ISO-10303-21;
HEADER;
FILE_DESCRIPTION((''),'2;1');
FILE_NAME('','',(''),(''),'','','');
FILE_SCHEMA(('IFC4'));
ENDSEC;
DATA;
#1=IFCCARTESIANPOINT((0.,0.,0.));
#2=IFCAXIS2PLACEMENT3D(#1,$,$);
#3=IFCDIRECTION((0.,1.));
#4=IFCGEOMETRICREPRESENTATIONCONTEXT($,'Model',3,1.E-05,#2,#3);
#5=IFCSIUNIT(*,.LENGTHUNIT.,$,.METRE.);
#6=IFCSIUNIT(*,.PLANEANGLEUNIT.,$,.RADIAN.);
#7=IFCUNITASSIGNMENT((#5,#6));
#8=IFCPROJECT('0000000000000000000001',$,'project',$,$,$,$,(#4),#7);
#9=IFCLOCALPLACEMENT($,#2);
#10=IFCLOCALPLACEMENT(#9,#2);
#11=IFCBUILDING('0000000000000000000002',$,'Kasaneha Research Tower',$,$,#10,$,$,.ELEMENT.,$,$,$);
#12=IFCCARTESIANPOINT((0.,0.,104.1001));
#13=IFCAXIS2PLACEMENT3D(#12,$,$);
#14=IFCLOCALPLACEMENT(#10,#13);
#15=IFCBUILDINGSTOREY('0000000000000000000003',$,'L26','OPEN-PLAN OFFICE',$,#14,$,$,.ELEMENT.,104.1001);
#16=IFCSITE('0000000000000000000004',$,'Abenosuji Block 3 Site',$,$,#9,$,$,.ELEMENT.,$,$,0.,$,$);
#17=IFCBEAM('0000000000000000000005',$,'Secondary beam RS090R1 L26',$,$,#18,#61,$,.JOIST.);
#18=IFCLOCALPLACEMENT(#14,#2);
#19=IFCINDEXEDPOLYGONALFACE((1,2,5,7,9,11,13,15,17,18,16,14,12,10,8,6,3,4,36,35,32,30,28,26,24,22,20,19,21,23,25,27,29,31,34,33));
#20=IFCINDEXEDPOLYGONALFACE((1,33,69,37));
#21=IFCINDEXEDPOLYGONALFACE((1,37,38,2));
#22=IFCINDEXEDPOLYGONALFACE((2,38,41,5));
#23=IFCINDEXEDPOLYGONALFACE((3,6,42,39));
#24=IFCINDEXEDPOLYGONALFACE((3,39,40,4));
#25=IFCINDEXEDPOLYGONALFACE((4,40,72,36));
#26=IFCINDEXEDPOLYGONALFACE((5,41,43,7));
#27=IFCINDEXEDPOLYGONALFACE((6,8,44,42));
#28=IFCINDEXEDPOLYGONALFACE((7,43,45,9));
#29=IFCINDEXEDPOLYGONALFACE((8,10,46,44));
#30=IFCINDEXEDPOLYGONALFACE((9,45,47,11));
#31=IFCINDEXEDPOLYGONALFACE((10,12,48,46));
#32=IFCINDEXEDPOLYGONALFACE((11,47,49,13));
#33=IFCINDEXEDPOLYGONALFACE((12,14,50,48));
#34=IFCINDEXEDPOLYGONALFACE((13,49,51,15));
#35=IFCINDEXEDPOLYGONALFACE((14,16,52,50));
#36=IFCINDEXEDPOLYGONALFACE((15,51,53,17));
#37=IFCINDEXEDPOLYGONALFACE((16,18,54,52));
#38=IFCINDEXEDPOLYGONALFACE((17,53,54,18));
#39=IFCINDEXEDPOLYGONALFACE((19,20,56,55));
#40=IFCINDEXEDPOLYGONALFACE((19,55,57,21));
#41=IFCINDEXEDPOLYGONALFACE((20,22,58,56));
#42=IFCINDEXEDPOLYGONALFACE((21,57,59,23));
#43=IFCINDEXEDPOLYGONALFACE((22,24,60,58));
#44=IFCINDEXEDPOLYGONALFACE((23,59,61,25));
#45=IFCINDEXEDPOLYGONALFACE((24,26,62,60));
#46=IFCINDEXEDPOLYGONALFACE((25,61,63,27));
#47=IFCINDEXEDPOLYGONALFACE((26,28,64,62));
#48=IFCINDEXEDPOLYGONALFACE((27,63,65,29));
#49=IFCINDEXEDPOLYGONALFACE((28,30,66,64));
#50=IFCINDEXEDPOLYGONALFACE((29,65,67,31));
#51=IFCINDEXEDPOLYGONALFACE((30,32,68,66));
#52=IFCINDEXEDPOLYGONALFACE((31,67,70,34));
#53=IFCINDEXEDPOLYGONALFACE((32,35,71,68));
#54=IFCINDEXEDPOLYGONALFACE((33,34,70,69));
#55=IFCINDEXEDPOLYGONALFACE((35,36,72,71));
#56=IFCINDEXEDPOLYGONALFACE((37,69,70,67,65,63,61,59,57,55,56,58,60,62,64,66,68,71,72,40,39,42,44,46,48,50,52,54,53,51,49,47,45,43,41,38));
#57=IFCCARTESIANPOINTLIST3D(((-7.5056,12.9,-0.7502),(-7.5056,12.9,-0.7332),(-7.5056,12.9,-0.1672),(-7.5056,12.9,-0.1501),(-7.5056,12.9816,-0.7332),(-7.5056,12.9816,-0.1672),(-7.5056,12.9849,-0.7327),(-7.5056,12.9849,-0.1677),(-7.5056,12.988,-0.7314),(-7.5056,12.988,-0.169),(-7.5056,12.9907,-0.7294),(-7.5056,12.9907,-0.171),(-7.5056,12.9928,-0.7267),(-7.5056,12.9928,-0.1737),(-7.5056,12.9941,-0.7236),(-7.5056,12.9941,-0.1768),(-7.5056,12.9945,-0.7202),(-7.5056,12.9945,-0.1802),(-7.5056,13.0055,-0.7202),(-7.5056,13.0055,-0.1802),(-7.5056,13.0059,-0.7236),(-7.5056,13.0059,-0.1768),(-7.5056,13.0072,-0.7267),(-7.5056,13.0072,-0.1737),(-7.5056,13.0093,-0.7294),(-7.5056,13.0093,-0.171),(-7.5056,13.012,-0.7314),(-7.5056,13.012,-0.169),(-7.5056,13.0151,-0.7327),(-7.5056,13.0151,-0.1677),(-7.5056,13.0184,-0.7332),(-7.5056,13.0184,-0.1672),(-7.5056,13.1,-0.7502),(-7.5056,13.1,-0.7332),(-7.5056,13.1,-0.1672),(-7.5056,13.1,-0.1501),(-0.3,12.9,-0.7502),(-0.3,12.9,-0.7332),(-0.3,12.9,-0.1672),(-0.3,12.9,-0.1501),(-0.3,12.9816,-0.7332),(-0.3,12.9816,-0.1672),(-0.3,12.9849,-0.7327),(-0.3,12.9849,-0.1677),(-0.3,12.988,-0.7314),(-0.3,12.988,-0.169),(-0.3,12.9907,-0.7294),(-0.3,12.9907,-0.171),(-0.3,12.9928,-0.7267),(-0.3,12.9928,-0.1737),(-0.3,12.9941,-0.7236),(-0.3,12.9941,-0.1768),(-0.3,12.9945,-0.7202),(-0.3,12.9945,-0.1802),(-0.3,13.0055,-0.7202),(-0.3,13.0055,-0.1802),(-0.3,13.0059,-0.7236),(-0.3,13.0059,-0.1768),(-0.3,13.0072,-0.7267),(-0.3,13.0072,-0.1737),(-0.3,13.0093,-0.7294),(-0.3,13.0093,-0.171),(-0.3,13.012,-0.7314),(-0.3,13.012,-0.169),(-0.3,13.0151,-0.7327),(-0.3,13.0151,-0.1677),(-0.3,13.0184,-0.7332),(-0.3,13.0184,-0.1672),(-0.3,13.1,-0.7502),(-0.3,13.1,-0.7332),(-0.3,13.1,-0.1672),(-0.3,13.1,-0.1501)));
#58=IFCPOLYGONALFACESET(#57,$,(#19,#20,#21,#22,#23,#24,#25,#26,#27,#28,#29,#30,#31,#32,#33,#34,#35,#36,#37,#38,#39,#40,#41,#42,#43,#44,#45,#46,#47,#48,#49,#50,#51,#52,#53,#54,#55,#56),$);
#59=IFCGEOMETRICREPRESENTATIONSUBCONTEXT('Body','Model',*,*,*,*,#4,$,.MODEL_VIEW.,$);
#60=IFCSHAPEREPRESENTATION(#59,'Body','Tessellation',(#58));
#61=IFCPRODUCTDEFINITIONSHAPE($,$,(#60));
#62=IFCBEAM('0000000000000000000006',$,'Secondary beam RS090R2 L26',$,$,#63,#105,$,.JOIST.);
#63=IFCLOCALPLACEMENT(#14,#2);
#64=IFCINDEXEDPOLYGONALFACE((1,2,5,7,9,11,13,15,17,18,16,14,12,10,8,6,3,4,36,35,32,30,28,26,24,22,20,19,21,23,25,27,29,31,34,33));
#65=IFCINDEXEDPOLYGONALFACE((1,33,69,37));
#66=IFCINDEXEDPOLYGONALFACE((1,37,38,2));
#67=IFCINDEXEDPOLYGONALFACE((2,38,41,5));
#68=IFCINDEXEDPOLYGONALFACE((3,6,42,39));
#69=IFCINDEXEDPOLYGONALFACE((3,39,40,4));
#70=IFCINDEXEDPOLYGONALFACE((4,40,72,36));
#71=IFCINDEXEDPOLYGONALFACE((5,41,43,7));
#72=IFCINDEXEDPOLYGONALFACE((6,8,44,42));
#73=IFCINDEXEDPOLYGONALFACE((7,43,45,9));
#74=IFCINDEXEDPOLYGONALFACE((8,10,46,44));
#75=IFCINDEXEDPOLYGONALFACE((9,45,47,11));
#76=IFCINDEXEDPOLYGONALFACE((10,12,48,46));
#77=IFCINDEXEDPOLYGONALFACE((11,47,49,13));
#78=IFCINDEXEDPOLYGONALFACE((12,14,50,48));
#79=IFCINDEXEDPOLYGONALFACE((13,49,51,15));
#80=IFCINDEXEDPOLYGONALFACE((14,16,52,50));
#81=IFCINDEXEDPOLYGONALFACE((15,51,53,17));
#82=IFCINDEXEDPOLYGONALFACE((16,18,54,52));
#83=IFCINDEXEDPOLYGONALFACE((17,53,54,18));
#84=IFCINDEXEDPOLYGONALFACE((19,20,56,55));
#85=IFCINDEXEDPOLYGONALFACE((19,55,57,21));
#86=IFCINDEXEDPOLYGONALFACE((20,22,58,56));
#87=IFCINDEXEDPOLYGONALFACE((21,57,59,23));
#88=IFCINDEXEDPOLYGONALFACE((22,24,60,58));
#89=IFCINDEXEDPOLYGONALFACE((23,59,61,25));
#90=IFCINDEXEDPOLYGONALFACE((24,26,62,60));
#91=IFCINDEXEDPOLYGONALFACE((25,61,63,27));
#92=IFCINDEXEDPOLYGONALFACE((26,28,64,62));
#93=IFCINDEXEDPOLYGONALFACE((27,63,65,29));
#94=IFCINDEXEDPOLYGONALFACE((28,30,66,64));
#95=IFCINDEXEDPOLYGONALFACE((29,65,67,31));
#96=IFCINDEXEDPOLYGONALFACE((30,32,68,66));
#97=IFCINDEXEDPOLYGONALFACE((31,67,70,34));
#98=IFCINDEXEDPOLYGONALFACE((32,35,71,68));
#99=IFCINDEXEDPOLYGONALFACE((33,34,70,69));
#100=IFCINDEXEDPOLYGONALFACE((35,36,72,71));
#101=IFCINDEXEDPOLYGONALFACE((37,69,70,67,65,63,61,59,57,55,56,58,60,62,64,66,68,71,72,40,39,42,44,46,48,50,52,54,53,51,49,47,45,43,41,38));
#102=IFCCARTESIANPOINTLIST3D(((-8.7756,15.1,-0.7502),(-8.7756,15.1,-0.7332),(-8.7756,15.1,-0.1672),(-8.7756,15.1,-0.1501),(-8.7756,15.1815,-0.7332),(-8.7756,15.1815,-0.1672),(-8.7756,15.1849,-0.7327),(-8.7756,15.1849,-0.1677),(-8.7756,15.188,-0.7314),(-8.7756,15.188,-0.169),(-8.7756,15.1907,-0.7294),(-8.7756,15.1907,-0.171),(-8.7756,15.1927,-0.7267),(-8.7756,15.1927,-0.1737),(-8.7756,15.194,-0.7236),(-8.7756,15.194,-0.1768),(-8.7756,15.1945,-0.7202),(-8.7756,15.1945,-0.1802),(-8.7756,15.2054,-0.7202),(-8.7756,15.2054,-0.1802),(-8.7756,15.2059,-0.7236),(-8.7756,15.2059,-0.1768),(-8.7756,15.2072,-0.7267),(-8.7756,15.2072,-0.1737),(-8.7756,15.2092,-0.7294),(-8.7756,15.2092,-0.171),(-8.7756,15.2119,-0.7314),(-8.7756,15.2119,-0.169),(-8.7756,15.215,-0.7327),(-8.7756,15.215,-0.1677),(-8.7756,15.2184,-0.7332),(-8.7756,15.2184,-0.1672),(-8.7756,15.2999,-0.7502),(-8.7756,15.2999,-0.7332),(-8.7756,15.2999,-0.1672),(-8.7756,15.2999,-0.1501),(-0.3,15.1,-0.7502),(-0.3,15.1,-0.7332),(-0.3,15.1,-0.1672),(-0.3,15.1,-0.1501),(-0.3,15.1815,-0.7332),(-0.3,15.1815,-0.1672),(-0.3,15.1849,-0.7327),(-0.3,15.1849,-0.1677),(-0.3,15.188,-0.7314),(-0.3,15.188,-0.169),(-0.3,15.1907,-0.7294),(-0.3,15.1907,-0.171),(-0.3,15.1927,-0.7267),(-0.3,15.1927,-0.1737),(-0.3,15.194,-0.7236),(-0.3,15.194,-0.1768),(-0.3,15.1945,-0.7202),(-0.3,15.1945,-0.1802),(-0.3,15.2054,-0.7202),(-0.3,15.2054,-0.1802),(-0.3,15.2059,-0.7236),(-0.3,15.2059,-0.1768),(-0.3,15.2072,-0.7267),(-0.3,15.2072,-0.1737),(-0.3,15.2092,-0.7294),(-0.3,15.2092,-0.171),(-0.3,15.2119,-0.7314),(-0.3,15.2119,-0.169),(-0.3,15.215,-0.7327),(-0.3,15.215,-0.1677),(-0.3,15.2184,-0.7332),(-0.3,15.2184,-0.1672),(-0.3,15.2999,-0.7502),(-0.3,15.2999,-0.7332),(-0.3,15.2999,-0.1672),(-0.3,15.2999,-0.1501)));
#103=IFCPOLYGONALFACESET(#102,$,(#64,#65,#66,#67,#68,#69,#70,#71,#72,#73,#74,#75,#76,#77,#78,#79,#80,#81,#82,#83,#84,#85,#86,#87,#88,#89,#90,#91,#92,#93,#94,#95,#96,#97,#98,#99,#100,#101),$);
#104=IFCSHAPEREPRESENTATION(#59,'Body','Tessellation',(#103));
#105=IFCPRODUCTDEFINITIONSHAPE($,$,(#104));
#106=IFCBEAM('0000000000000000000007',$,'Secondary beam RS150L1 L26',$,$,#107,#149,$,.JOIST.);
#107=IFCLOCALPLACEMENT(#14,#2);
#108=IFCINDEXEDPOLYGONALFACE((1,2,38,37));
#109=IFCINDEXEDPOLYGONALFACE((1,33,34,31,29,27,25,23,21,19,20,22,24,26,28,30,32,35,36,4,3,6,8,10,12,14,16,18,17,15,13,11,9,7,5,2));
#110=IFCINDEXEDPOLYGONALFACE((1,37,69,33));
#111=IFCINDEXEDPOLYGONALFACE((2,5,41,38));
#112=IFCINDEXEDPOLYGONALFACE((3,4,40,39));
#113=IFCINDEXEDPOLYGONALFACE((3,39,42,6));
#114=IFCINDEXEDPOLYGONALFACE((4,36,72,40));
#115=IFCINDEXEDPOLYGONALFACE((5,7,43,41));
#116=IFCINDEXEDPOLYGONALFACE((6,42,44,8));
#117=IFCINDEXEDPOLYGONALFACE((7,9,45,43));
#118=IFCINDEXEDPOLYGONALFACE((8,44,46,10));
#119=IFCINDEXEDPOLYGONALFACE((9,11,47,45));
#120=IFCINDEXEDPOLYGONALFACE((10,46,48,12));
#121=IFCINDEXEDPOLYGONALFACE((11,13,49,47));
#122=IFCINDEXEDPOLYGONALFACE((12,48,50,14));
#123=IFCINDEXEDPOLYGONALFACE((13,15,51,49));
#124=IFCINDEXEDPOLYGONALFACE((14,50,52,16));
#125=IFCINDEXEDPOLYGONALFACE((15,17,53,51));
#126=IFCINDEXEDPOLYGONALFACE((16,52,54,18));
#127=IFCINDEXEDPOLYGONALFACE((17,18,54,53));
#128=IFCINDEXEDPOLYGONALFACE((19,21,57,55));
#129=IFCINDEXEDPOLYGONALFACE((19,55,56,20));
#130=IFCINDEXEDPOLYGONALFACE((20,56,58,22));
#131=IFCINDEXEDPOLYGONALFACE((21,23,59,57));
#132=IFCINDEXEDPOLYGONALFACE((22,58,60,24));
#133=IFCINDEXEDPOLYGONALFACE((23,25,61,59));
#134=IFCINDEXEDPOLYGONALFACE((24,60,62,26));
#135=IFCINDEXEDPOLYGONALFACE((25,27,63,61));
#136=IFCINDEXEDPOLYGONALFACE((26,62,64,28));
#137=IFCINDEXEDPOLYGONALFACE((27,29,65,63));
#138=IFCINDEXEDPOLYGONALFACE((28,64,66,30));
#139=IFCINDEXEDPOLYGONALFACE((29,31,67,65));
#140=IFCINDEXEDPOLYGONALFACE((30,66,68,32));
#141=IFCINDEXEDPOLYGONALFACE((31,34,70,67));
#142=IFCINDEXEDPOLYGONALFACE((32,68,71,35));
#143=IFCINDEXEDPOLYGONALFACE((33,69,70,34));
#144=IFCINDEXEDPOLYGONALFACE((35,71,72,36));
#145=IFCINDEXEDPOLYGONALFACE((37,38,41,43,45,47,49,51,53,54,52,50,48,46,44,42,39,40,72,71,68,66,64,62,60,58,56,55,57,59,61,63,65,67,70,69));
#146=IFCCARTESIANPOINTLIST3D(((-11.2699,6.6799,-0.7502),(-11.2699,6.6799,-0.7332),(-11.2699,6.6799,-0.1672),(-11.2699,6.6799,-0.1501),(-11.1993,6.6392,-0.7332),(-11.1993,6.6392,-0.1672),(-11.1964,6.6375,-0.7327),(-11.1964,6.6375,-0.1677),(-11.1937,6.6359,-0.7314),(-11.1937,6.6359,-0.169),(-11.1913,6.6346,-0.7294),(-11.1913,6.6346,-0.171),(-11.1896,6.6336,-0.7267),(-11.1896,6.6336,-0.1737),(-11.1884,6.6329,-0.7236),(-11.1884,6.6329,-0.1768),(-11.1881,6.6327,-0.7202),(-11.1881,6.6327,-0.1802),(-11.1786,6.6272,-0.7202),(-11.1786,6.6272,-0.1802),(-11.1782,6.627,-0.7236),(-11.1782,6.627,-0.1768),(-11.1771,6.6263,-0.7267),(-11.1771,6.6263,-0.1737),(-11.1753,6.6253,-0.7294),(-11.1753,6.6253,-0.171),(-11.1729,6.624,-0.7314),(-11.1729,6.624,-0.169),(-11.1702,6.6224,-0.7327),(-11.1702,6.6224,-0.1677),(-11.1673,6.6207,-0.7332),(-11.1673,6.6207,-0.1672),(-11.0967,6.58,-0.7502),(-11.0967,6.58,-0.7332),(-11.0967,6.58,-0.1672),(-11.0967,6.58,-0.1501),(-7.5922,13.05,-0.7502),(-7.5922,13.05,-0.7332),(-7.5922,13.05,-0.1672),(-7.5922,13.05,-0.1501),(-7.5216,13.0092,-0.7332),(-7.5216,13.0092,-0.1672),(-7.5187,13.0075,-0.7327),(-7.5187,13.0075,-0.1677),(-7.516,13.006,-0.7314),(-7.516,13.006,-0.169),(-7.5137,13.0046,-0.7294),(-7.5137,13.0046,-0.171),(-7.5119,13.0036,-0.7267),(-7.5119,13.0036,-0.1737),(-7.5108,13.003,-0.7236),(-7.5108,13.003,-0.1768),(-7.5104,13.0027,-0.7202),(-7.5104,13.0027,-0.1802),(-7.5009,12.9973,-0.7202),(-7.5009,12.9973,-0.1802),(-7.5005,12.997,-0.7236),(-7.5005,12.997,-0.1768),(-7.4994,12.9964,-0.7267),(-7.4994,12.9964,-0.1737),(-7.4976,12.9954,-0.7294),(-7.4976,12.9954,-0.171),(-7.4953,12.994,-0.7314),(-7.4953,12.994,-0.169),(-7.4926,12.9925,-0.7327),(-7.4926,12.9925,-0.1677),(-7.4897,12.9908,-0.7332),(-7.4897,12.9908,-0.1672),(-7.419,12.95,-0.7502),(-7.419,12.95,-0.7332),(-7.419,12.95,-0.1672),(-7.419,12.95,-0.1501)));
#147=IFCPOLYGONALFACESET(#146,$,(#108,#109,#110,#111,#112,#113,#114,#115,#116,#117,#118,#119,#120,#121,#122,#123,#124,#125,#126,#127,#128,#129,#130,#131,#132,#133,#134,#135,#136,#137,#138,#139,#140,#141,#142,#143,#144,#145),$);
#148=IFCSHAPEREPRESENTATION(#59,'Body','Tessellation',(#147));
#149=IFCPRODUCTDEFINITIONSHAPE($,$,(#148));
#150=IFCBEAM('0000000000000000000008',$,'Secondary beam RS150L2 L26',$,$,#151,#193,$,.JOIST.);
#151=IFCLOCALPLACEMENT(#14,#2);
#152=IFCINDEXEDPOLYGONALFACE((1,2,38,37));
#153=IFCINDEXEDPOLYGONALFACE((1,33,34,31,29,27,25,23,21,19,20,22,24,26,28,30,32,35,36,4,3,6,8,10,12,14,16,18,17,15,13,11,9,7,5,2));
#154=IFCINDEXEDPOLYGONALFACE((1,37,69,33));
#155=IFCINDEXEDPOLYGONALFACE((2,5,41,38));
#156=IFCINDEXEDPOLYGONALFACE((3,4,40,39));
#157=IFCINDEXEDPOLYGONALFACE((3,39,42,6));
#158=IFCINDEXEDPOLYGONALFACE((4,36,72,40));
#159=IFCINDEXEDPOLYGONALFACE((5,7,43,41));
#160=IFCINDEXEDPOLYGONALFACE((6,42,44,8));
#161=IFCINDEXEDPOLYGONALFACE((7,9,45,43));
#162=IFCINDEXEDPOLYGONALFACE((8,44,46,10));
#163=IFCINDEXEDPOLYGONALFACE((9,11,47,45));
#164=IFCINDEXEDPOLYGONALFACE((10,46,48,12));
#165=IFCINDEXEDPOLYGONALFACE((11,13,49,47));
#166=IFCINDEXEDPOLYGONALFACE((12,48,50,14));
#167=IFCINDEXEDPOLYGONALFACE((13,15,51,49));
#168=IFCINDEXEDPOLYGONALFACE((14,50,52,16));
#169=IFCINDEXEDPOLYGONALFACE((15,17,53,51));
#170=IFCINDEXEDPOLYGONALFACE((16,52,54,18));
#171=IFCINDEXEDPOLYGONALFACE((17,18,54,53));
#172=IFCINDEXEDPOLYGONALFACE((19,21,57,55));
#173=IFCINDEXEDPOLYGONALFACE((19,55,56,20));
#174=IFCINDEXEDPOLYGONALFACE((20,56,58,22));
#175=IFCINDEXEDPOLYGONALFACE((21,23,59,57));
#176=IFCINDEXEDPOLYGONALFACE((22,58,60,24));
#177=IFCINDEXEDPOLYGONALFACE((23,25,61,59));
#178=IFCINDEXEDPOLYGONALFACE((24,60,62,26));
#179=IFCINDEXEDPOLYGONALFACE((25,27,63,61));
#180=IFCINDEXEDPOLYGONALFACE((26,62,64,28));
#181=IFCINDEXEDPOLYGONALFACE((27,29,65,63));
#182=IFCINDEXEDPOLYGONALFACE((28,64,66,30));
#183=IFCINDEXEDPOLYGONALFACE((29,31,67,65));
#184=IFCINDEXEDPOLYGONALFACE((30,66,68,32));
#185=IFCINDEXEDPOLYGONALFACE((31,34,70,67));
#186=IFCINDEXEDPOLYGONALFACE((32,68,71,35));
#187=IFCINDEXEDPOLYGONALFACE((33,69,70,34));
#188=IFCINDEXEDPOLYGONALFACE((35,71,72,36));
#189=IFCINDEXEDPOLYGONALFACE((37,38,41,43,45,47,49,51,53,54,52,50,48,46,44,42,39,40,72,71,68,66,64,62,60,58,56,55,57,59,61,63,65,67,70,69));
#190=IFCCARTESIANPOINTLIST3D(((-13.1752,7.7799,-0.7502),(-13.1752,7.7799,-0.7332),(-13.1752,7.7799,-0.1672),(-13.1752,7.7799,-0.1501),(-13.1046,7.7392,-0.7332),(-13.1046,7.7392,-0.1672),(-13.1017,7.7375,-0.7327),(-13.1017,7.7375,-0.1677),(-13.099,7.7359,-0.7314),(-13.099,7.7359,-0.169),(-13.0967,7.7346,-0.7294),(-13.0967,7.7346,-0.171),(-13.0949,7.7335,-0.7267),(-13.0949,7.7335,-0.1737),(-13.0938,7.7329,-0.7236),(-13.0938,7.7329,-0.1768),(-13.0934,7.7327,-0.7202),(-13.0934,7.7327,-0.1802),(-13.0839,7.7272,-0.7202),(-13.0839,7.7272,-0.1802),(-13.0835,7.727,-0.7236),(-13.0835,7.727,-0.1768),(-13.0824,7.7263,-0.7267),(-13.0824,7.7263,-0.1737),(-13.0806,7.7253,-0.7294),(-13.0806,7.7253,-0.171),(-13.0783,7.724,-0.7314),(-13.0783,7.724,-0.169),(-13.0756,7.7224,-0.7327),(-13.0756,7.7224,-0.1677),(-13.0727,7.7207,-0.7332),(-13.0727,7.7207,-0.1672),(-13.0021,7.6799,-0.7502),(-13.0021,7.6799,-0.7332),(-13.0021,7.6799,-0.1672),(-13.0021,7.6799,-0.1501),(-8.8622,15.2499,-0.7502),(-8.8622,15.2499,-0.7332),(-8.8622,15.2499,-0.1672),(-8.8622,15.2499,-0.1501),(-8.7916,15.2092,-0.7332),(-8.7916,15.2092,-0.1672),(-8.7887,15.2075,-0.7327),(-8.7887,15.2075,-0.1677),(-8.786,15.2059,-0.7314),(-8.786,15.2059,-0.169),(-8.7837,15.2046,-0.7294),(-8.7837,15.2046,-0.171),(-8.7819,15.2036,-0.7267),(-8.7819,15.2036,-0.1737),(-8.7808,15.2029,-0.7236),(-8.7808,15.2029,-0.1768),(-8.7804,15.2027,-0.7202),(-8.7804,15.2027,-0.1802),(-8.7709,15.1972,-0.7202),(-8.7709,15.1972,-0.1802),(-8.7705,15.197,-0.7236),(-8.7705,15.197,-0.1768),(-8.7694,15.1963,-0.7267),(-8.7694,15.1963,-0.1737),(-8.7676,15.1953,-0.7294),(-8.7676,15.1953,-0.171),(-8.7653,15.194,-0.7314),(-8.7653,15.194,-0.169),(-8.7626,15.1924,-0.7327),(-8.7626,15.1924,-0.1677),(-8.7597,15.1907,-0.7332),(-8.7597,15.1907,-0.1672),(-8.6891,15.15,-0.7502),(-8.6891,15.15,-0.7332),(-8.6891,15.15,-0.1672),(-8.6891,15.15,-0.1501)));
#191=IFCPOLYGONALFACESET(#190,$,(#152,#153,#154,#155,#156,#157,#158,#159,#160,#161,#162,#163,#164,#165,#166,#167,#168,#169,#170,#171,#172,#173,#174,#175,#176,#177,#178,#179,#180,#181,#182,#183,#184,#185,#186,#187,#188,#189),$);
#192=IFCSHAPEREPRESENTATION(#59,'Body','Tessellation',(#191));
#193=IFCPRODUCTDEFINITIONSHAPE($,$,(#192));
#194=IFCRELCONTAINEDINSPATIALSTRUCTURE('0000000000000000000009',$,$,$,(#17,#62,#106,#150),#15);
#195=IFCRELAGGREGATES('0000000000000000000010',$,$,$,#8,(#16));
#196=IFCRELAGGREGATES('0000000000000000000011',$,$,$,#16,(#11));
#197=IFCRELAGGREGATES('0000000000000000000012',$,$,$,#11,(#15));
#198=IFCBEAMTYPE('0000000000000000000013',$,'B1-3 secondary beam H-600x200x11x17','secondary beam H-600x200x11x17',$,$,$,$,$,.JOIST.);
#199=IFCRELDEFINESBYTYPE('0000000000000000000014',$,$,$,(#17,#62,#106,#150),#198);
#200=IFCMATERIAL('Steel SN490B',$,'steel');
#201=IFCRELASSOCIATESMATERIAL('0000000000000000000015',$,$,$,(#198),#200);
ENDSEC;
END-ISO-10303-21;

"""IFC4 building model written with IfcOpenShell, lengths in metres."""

from ifc_helpers import new_model, si_unit, direction, frame, origin, origin_2d, place, context, subcontext, project, spatial, i_section, extrude, material, material_profile, profile_set, type_object, element, save


model = new_model("IFC4")

# Units and contexts
model_context = context("Model", 3, precision=1e-05, world=origin(), true_north=direction((0.0, 1.0)))
body_context = subcontext(model_context, "Body", "Model", "MODEL_VIEW")
ifc_project = project(units=[si_unit("LENGTHUNIT", "METRE"), si_unit("PLANEANGLEUNIT", "RADIAN")], contexts=[model_context])

# Site, building, storey
site_placement = place(None, origin())
site = spatial("IfcSite", under=ifc_project, at=site_placement, Name="Abenosuji Block 3 Site", CompositionType="ELEMENT", RefElevation=0.0)
building_placement = place(site_placement, origin())
building = spatial("IfcBuilding", under=site, at=building_placement, Name="Kasaneha Research Tower", CompositionType="ELEMENT")
storey_placement = place(building_placement, frame((0.0, 0.0, 104.1001)))
storey = spatial("IfcBuildingStorey", under=building, at=storey_placement, Name="L26", Description="OPEN-PLAN OFFICE", CompositionType="ELEMENT", Elevation=104.1001)

# Beams
ifc_material_1 = material(Name="Steel SN490B", Category="steel")
ifc_material_profile_1 = material_profile(ifc_material_1, i_section(OverallWidth=0.2, OverallDepth=0.6001, WebThickness=0.011, FlangeThickness=0.0171, FilletRadius=0.0129, at=origin_2d()), Name="H-600x200x11x17")
ifc_profile_set_1 = profile_set([ifc_material_profile_1], Name="Steel SN490B")
beam_type_1 = type_object("IfcBeamType", Name="B1-3 secondary beam H-600x200x11x17", Description="secondary beam H-600x200x11x17", PredefinedType="JOIST", material=ifc_profile_set_1)
beam_1_placement = place(storey_placement, frame((-7.5056, 13.0, -0.4502), z_axis=(1.0, 0.0, 0.0), x_axis=(0.0, 1.0, 0.0)))
element("IfcBeam", 1, at=beam_1_placement, inside=storey, type_object=beam_type_1, Name="Secondary beam RS090R1 L26", PredefinedType="JOIST", context=body_context, shape_type="SweptSolid", body=[
    extrude(i_section(OverallWidth=0.2, OverallDepth=0.6001, WebThickness=0.011, FlangeThickness=0.0171, FilletRadius=0.0129, at=origin_2d()), origin(), (0.0, 0.0, 1.0), 7.2056),
])
beam_2_placement = place(storey_placement, frame((-8.7756, 15.2, -0.4502), z_axis=(1.0, 0.0, 0.0), x_axis=(0.0, 1.0, 0.0)))
element("IfcBeam", 2, at=beam_2_placement, inside=storey, type_object=beam_type_1, Name="Secondary beam RS090R2 L26", PredefinedType="JOIST", context=body_context, shape_type="SweptSolid", body=[
    extrude(i_section(OverallWidth=0.2, OverallDepth=0.6001, WebThickness=0.011, FlangeThickness=0.0171, FilletRadius=0.0129, at=origin_2d()), origin(), (0.0, 0.0, 1.0), 8.4756),
])
beam_3_placement = place(storey_placement, frame((-7.5056, 13.0, -0.4502), z_axis=(-0.499994, -0.866029, 0.0), x_axis=(0.866029, -0.499994, 0.0)))
element("IfcBeam", 3, at=beam_3_placement, inside=storey, type_object=beam_type_1, Name="Secondary beam RS150L1 L26", PredefinedType="JOIST", context=body_context, shape_type="SweptSolid", body=[
    extrude(i_section(OverallWidth=0.2, OverallDepth=0.6001, WebThickness=0.011, FlangeThickness=0.0171, FilletRadius=0.0129, at=origin_2d()), origin(), (0.0, 0.0, 1.0), 7.3555),
])
beam_4_placement = place(storey_placement, frame((-8.7756, 15.2, -0.4502), z_axis=(-0.500017, -0.866015, 0.0), x_axis=(0.866015, -0.500017, 0.0)))
element("IfcBeam", 4, at=beam_4_placement, inside=storey, type_object=beam_type_1, Name="Secondary beam RS150L2 L26", PredefinedType="JOIST", context=body_context, shape_type="SweptSolid", body=[
    extrude(i_section(OverallWidth=0.2, OverallDepth=0.6001, WebThickness=0.011, FlangeThickness=0.0171, FilletRadius=0.0129, at=origin_2d()), origin(), (0.0, 0.0, 1.0), 8.6257),
])

save(model, "model.ifc")
